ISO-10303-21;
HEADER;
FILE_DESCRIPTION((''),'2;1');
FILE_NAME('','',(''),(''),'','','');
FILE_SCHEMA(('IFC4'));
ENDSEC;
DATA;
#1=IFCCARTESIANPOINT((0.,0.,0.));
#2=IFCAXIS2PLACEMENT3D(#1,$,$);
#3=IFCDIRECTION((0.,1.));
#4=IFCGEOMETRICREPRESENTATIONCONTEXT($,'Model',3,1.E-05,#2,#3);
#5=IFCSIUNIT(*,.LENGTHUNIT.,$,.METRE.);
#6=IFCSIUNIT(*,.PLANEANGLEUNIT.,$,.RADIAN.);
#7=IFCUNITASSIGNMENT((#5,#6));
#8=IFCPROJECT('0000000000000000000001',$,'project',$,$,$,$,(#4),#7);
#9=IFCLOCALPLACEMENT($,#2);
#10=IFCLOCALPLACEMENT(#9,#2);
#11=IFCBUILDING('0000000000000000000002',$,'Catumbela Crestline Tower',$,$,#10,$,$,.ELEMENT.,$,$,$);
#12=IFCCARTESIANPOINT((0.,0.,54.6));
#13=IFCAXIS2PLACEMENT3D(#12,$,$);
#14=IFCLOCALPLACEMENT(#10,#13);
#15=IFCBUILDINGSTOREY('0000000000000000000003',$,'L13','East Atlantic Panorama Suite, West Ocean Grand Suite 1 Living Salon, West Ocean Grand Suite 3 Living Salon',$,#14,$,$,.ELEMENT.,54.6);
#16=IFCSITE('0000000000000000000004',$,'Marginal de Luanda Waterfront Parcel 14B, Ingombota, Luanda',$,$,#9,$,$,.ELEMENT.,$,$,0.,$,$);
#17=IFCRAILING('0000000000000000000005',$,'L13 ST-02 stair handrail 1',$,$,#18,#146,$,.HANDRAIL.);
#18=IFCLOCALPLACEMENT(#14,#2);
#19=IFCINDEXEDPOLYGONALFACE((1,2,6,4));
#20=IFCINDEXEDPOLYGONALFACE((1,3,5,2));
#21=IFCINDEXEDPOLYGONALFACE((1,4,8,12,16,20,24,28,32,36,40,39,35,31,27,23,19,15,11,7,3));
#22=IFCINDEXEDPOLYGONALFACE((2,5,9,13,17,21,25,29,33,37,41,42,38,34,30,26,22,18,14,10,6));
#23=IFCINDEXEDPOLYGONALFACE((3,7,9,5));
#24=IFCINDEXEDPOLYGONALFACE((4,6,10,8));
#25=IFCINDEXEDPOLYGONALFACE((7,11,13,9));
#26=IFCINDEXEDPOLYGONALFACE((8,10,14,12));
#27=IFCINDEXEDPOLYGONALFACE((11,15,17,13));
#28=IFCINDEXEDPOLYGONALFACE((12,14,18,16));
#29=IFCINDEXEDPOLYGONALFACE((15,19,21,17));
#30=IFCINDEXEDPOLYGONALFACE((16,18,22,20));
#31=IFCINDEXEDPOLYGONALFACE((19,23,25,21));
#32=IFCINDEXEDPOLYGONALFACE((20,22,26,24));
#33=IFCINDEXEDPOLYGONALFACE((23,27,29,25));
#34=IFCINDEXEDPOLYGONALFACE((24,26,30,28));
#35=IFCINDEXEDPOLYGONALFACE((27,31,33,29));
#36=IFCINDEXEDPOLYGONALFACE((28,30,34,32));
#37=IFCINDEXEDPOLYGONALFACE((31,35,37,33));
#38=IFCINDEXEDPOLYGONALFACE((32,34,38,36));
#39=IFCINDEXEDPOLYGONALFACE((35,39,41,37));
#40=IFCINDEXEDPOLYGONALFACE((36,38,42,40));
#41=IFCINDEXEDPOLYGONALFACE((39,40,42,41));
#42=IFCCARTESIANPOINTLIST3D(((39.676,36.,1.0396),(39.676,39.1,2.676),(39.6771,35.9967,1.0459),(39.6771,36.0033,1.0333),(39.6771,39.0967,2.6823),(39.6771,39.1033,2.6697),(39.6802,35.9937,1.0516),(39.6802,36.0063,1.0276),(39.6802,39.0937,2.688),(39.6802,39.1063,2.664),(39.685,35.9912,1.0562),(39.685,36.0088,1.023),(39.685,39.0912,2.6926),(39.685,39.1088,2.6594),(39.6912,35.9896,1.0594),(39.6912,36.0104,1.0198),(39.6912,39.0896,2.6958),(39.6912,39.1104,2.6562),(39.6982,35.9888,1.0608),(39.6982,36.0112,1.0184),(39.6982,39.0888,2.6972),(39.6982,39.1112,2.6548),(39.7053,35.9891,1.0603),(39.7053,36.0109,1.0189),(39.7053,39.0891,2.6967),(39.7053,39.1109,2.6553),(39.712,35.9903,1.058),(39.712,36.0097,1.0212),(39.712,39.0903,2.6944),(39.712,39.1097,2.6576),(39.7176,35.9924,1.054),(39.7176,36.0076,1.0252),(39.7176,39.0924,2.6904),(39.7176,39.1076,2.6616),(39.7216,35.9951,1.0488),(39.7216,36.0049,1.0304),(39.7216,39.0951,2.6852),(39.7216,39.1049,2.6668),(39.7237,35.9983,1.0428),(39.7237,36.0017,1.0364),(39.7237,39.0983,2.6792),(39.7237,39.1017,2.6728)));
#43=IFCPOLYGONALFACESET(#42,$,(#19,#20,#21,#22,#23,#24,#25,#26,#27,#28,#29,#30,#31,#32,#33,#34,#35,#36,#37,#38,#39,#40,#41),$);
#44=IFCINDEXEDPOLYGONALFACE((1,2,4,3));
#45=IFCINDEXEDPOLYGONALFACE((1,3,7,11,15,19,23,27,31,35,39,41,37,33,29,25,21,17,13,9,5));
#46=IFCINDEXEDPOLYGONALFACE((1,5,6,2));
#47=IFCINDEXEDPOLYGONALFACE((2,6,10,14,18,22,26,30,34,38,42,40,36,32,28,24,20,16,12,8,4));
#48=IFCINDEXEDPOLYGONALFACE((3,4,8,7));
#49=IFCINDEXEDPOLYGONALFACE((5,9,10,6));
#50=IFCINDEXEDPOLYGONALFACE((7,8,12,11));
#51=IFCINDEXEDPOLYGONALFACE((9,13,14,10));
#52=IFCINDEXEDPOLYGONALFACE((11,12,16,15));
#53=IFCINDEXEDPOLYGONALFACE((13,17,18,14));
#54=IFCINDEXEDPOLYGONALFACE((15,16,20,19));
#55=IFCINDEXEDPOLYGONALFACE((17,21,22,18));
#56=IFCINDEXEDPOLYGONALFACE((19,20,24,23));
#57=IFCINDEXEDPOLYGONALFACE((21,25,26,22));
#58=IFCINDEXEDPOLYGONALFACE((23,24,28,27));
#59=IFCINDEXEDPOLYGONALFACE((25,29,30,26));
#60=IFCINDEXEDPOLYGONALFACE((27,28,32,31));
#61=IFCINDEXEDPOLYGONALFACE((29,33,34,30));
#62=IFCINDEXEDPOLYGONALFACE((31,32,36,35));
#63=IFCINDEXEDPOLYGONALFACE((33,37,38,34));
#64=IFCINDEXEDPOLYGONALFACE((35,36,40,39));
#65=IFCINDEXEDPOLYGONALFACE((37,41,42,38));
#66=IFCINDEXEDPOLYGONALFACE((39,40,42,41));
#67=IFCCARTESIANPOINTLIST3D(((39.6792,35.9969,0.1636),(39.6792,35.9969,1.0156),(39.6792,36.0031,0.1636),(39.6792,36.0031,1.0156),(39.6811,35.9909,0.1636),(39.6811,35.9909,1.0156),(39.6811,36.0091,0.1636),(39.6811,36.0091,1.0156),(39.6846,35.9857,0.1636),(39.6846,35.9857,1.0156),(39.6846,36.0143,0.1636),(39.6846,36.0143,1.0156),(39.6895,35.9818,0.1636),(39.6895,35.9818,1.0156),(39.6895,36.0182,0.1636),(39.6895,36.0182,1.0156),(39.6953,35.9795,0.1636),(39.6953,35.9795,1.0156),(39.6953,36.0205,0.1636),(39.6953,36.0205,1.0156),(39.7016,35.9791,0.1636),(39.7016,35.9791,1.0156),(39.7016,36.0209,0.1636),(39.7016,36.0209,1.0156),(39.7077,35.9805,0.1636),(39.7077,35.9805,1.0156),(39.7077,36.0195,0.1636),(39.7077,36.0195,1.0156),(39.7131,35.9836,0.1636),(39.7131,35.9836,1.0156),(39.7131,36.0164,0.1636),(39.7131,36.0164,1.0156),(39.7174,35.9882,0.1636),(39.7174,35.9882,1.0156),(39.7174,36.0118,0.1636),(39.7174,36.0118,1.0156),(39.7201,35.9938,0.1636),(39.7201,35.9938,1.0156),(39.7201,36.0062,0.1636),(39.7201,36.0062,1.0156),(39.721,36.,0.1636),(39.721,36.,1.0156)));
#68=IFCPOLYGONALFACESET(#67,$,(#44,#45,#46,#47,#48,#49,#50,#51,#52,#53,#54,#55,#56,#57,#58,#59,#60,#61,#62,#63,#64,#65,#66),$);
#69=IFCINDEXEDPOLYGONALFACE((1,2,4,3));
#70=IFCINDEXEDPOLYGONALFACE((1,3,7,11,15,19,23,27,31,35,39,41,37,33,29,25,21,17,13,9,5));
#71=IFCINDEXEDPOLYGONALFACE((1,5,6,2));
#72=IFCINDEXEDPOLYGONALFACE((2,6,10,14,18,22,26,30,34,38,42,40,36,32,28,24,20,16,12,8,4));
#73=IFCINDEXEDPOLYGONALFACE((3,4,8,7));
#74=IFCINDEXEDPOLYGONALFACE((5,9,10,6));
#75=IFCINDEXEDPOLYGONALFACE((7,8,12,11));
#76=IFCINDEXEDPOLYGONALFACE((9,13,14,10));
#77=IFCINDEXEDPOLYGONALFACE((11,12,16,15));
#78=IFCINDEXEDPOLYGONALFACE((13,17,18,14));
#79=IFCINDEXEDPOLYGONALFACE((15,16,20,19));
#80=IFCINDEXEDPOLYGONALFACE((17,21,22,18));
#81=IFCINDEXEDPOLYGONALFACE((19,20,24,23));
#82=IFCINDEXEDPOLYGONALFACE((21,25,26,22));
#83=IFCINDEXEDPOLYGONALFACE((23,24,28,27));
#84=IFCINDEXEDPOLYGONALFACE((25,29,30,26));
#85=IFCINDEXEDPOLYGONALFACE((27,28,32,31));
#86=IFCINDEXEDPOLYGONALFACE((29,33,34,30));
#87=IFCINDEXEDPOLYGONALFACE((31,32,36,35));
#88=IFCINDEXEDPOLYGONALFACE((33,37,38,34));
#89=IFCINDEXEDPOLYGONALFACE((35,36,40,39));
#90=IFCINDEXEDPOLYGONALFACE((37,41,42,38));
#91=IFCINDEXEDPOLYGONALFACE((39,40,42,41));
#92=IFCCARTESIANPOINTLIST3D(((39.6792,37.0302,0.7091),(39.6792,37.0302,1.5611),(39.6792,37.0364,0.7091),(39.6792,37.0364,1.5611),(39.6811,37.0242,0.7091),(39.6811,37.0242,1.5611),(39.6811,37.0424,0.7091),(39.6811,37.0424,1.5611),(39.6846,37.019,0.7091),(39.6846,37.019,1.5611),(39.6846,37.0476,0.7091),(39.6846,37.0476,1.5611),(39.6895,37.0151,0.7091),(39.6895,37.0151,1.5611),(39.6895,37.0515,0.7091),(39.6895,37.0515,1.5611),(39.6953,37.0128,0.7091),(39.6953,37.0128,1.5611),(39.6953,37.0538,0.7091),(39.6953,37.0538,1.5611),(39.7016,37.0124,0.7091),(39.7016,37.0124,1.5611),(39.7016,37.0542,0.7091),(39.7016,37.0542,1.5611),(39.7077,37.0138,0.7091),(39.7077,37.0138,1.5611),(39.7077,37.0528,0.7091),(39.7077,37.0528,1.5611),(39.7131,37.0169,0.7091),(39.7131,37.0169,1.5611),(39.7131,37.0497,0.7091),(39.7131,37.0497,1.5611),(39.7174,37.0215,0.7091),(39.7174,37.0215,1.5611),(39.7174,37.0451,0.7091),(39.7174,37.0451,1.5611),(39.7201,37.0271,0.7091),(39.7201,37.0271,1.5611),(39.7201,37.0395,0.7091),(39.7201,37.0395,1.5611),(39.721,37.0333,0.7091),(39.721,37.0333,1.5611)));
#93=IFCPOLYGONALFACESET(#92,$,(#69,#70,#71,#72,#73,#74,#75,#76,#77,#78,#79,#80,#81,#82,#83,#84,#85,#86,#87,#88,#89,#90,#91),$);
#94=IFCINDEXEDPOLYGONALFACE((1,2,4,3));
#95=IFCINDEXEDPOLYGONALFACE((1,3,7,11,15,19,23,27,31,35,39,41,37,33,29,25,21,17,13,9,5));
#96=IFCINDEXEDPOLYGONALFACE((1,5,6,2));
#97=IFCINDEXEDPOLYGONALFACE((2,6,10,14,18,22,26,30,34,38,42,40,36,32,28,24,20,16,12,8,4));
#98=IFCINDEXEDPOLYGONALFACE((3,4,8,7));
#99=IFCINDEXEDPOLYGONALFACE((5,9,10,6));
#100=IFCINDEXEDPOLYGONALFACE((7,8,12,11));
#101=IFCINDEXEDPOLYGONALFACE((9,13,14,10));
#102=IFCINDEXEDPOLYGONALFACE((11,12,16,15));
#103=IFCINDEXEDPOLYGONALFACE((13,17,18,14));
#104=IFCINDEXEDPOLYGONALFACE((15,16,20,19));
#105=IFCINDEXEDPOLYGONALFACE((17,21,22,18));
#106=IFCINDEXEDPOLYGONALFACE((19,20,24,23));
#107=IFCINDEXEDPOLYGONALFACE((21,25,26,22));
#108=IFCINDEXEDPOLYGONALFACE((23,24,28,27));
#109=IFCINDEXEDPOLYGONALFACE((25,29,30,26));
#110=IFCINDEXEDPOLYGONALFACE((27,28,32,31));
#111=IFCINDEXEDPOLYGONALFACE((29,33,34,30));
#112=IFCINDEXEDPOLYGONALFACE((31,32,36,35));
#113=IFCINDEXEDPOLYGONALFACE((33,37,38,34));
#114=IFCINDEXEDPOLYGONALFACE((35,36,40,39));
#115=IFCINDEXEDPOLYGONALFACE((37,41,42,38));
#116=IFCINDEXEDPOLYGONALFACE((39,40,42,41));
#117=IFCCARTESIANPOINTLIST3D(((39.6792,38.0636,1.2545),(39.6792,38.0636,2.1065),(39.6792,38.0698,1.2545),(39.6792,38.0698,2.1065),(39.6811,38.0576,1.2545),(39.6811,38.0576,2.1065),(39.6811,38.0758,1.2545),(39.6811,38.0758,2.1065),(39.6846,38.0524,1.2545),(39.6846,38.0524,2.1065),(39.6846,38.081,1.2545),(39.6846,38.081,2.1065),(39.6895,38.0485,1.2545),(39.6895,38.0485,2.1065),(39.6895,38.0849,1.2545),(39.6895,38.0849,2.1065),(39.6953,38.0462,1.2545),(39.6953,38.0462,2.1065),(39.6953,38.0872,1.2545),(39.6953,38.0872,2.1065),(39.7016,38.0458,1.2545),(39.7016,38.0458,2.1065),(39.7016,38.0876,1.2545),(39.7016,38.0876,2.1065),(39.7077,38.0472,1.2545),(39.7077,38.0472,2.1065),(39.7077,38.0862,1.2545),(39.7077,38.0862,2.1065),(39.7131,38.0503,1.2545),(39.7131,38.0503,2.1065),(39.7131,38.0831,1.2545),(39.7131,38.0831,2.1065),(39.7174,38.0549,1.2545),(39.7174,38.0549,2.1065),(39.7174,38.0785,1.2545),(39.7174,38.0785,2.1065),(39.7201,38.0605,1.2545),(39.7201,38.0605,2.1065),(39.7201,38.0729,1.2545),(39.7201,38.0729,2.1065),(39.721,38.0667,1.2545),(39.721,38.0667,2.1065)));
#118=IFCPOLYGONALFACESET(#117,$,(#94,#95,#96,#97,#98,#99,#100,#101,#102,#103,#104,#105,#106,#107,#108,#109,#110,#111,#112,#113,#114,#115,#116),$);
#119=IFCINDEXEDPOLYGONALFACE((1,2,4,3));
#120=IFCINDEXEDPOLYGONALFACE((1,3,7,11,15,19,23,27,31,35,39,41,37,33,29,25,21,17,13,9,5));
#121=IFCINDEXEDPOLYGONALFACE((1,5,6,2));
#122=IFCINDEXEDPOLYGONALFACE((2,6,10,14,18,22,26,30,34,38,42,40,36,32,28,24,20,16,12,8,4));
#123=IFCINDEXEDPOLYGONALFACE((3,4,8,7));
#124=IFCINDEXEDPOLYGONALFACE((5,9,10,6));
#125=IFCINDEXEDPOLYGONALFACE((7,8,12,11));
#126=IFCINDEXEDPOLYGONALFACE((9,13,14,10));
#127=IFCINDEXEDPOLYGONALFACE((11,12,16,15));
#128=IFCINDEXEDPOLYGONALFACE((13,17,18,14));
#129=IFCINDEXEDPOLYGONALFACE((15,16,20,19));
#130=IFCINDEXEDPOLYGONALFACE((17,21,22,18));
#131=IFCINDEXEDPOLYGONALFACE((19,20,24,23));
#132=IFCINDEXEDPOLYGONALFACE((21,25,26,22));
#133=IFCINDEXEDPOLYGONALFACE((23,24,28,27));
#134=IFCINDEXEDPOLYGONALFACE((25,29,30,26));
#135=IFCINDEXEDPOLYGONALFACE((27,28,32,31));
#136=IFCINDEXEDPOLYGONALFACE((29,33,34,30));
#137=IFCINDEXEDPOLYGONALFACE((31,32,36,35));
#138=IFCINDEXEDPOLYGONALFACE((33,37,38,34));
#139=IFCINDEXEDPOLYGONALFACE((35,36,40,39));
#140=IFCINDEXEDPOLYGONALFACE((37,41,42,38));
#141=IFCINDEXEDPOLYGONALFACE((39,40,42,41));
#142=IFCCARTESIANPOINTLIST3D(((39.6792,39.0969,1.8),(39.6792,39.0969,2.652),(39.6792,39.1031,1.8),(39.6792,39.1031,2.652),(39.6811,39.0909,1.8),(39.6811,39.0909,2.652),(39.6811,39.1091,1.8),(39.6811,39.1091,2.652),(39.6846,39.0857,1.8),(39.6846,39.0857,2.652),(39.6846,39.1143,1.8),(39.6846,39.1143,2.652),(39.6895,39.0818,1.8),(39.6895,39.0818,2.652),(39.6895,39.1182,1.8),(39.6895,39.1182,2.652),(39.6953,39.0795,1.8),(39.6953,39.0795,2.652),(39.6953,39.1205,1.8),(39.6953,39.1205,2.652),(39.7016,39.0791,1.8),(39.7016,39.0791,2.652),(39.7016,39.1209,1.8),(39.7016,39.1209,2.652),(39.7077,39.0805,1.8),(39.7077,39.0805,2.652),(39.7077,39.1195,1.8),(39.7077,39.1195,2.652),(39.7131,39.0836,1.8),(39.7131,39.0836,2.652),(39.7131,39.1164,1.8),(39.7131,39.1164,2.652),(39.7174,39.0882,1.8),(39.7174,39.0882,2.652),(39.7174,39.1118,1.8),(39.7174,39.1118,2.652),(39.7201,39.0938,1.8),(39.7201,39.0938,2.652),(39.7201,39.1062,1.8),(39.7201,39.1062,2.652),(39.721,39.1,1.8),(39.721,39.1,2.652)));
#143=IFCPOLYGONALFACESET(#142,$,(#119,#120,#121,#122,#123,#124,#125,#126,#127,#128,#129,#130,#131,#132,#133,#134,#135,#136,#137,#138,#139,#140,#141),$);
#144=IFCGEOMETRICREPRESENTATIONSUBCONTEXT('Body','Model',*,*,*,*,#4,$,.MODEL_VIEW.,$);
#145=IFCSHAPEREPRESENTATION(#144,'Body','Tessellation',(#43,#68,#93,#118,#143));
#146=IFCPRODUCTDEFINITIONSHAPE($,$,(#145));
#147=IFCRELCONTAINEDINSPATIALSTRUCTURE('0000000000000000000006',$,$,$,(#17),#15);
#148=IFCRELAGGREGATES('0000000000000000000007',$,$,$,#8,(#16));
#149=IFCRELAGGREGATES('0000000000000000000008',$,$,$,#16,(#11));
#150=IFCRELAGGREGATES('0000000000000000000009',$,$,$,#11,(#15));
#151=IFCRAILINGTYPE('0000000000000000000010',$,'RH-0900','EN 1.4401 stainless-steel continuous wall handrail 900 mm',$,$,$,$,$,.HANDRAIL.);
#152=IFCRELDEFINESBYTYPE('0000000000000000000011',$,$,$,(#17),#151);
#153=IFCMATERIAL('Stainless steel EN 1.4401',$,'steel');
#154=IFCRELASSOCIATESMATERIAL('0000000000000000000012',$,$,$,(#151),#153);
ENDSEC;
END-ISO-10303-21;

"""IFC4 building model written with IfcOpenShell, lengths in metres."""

from ifc_helpers import new_model, si_unit, direction, frame, origin, origin_2d, place, context, subcontext, project, spatial, circle, extrude, material, type_object, element, save


model = new_model("IFC4")

# Units and contexts
model_context = context("Model", 3, precision=1e-05, world=origin(), true_north=direction((0.0, 1.0)))
body_context = subcontext(model_context, "Body", "Model", "MODEL_VIEW")
ifc_project = project(units=[si_unit("LENGTHUNIT", "METRE"), si_unit("PLANEANGLEUNIT", "RADIAN")], contexts=[model_context])

# Site, building, storey
site_placement = place(None, origin())
site = spatial("IfcSite", under=ifc_project, at=site_placement, Name="Marginal de Luanda Waterfront Parcel 14B, Ingombota, Luanda", CompositionType="ELEMENT", RefElevation=0.0)
building_placement = place(site_placement, origin())
building = spatial("IfcBuilding", under=site, at=building_placement, Name="Catumbela Crestline Tower", CompositionType="ELEMENT")
storey_placement = place(building_placement, frame((0.0, 0.0, 54.6)))
storey = spatial("IfcBuildingStorey", under=building, at=storey_placement, Name="L13", Description="East Atlantic Panorama Suite, West Ocean Grand Suite 1 Living Salon, West Ocean Grand Suite 3 Living Salon", CompositionType="ELEMENT", Elevation=54.6)

# Shared definitions
ifc_material_1 = material(Name="Stainless steel EN 1.4401", Category="steel")

# Railing
railing_type_1 = type_object("IfcRailingType", Name="RH-0900", Description="EN 1.4401 stainless-steel continuous wall handrail 900 mm", PredefinedType="HANDRAIL", material=ifc_material_1)
railing_1_placement = place(storey_placement, frame((39.7, 36.0, 0.1636)))
element("IfcRailing", 1, at=railing_1_placement, inside=storey, type_object=railing_type_1, Name="L13 ST-02 stair handrail 1", PredefinedType="HANDRAIL", context=body_context, shape_type="SweptSolid", body=[
    extrude(circle(Radius=0.024, at=origin_2d()), frame((0.0, 0.0, 0.876), z_axis=(0.0, 0.884351, 0.466823), x_axis=(-1.0, 0.0, 0.0)), (0.0, 0.0, 1.0), 3.5054),
    extrude(circle(Radius=0.021, at=origin_2d()), origin(), (0.0, 0.0, 1.0), 0.852),
    extrude(circle(Radius=0.021, at=origin_2d()), frame((0.0, 1.0333, 0.5455)), (0.0, 0.0, 1.0), 0.852),
    extrude(circle(Radius=0.021, at=origin_2d()), frame((0.0, 2.0667, 1.0909)), (0.0, 0.0, 1.0), 0.852),
    extrude(circle(Radius=0.021, at=origin_2d()), frame((0.0, 3.1, 1.6364)), (0.0, 0.0, 1.0), 0.852),
])

save(model, "model.ifc")
